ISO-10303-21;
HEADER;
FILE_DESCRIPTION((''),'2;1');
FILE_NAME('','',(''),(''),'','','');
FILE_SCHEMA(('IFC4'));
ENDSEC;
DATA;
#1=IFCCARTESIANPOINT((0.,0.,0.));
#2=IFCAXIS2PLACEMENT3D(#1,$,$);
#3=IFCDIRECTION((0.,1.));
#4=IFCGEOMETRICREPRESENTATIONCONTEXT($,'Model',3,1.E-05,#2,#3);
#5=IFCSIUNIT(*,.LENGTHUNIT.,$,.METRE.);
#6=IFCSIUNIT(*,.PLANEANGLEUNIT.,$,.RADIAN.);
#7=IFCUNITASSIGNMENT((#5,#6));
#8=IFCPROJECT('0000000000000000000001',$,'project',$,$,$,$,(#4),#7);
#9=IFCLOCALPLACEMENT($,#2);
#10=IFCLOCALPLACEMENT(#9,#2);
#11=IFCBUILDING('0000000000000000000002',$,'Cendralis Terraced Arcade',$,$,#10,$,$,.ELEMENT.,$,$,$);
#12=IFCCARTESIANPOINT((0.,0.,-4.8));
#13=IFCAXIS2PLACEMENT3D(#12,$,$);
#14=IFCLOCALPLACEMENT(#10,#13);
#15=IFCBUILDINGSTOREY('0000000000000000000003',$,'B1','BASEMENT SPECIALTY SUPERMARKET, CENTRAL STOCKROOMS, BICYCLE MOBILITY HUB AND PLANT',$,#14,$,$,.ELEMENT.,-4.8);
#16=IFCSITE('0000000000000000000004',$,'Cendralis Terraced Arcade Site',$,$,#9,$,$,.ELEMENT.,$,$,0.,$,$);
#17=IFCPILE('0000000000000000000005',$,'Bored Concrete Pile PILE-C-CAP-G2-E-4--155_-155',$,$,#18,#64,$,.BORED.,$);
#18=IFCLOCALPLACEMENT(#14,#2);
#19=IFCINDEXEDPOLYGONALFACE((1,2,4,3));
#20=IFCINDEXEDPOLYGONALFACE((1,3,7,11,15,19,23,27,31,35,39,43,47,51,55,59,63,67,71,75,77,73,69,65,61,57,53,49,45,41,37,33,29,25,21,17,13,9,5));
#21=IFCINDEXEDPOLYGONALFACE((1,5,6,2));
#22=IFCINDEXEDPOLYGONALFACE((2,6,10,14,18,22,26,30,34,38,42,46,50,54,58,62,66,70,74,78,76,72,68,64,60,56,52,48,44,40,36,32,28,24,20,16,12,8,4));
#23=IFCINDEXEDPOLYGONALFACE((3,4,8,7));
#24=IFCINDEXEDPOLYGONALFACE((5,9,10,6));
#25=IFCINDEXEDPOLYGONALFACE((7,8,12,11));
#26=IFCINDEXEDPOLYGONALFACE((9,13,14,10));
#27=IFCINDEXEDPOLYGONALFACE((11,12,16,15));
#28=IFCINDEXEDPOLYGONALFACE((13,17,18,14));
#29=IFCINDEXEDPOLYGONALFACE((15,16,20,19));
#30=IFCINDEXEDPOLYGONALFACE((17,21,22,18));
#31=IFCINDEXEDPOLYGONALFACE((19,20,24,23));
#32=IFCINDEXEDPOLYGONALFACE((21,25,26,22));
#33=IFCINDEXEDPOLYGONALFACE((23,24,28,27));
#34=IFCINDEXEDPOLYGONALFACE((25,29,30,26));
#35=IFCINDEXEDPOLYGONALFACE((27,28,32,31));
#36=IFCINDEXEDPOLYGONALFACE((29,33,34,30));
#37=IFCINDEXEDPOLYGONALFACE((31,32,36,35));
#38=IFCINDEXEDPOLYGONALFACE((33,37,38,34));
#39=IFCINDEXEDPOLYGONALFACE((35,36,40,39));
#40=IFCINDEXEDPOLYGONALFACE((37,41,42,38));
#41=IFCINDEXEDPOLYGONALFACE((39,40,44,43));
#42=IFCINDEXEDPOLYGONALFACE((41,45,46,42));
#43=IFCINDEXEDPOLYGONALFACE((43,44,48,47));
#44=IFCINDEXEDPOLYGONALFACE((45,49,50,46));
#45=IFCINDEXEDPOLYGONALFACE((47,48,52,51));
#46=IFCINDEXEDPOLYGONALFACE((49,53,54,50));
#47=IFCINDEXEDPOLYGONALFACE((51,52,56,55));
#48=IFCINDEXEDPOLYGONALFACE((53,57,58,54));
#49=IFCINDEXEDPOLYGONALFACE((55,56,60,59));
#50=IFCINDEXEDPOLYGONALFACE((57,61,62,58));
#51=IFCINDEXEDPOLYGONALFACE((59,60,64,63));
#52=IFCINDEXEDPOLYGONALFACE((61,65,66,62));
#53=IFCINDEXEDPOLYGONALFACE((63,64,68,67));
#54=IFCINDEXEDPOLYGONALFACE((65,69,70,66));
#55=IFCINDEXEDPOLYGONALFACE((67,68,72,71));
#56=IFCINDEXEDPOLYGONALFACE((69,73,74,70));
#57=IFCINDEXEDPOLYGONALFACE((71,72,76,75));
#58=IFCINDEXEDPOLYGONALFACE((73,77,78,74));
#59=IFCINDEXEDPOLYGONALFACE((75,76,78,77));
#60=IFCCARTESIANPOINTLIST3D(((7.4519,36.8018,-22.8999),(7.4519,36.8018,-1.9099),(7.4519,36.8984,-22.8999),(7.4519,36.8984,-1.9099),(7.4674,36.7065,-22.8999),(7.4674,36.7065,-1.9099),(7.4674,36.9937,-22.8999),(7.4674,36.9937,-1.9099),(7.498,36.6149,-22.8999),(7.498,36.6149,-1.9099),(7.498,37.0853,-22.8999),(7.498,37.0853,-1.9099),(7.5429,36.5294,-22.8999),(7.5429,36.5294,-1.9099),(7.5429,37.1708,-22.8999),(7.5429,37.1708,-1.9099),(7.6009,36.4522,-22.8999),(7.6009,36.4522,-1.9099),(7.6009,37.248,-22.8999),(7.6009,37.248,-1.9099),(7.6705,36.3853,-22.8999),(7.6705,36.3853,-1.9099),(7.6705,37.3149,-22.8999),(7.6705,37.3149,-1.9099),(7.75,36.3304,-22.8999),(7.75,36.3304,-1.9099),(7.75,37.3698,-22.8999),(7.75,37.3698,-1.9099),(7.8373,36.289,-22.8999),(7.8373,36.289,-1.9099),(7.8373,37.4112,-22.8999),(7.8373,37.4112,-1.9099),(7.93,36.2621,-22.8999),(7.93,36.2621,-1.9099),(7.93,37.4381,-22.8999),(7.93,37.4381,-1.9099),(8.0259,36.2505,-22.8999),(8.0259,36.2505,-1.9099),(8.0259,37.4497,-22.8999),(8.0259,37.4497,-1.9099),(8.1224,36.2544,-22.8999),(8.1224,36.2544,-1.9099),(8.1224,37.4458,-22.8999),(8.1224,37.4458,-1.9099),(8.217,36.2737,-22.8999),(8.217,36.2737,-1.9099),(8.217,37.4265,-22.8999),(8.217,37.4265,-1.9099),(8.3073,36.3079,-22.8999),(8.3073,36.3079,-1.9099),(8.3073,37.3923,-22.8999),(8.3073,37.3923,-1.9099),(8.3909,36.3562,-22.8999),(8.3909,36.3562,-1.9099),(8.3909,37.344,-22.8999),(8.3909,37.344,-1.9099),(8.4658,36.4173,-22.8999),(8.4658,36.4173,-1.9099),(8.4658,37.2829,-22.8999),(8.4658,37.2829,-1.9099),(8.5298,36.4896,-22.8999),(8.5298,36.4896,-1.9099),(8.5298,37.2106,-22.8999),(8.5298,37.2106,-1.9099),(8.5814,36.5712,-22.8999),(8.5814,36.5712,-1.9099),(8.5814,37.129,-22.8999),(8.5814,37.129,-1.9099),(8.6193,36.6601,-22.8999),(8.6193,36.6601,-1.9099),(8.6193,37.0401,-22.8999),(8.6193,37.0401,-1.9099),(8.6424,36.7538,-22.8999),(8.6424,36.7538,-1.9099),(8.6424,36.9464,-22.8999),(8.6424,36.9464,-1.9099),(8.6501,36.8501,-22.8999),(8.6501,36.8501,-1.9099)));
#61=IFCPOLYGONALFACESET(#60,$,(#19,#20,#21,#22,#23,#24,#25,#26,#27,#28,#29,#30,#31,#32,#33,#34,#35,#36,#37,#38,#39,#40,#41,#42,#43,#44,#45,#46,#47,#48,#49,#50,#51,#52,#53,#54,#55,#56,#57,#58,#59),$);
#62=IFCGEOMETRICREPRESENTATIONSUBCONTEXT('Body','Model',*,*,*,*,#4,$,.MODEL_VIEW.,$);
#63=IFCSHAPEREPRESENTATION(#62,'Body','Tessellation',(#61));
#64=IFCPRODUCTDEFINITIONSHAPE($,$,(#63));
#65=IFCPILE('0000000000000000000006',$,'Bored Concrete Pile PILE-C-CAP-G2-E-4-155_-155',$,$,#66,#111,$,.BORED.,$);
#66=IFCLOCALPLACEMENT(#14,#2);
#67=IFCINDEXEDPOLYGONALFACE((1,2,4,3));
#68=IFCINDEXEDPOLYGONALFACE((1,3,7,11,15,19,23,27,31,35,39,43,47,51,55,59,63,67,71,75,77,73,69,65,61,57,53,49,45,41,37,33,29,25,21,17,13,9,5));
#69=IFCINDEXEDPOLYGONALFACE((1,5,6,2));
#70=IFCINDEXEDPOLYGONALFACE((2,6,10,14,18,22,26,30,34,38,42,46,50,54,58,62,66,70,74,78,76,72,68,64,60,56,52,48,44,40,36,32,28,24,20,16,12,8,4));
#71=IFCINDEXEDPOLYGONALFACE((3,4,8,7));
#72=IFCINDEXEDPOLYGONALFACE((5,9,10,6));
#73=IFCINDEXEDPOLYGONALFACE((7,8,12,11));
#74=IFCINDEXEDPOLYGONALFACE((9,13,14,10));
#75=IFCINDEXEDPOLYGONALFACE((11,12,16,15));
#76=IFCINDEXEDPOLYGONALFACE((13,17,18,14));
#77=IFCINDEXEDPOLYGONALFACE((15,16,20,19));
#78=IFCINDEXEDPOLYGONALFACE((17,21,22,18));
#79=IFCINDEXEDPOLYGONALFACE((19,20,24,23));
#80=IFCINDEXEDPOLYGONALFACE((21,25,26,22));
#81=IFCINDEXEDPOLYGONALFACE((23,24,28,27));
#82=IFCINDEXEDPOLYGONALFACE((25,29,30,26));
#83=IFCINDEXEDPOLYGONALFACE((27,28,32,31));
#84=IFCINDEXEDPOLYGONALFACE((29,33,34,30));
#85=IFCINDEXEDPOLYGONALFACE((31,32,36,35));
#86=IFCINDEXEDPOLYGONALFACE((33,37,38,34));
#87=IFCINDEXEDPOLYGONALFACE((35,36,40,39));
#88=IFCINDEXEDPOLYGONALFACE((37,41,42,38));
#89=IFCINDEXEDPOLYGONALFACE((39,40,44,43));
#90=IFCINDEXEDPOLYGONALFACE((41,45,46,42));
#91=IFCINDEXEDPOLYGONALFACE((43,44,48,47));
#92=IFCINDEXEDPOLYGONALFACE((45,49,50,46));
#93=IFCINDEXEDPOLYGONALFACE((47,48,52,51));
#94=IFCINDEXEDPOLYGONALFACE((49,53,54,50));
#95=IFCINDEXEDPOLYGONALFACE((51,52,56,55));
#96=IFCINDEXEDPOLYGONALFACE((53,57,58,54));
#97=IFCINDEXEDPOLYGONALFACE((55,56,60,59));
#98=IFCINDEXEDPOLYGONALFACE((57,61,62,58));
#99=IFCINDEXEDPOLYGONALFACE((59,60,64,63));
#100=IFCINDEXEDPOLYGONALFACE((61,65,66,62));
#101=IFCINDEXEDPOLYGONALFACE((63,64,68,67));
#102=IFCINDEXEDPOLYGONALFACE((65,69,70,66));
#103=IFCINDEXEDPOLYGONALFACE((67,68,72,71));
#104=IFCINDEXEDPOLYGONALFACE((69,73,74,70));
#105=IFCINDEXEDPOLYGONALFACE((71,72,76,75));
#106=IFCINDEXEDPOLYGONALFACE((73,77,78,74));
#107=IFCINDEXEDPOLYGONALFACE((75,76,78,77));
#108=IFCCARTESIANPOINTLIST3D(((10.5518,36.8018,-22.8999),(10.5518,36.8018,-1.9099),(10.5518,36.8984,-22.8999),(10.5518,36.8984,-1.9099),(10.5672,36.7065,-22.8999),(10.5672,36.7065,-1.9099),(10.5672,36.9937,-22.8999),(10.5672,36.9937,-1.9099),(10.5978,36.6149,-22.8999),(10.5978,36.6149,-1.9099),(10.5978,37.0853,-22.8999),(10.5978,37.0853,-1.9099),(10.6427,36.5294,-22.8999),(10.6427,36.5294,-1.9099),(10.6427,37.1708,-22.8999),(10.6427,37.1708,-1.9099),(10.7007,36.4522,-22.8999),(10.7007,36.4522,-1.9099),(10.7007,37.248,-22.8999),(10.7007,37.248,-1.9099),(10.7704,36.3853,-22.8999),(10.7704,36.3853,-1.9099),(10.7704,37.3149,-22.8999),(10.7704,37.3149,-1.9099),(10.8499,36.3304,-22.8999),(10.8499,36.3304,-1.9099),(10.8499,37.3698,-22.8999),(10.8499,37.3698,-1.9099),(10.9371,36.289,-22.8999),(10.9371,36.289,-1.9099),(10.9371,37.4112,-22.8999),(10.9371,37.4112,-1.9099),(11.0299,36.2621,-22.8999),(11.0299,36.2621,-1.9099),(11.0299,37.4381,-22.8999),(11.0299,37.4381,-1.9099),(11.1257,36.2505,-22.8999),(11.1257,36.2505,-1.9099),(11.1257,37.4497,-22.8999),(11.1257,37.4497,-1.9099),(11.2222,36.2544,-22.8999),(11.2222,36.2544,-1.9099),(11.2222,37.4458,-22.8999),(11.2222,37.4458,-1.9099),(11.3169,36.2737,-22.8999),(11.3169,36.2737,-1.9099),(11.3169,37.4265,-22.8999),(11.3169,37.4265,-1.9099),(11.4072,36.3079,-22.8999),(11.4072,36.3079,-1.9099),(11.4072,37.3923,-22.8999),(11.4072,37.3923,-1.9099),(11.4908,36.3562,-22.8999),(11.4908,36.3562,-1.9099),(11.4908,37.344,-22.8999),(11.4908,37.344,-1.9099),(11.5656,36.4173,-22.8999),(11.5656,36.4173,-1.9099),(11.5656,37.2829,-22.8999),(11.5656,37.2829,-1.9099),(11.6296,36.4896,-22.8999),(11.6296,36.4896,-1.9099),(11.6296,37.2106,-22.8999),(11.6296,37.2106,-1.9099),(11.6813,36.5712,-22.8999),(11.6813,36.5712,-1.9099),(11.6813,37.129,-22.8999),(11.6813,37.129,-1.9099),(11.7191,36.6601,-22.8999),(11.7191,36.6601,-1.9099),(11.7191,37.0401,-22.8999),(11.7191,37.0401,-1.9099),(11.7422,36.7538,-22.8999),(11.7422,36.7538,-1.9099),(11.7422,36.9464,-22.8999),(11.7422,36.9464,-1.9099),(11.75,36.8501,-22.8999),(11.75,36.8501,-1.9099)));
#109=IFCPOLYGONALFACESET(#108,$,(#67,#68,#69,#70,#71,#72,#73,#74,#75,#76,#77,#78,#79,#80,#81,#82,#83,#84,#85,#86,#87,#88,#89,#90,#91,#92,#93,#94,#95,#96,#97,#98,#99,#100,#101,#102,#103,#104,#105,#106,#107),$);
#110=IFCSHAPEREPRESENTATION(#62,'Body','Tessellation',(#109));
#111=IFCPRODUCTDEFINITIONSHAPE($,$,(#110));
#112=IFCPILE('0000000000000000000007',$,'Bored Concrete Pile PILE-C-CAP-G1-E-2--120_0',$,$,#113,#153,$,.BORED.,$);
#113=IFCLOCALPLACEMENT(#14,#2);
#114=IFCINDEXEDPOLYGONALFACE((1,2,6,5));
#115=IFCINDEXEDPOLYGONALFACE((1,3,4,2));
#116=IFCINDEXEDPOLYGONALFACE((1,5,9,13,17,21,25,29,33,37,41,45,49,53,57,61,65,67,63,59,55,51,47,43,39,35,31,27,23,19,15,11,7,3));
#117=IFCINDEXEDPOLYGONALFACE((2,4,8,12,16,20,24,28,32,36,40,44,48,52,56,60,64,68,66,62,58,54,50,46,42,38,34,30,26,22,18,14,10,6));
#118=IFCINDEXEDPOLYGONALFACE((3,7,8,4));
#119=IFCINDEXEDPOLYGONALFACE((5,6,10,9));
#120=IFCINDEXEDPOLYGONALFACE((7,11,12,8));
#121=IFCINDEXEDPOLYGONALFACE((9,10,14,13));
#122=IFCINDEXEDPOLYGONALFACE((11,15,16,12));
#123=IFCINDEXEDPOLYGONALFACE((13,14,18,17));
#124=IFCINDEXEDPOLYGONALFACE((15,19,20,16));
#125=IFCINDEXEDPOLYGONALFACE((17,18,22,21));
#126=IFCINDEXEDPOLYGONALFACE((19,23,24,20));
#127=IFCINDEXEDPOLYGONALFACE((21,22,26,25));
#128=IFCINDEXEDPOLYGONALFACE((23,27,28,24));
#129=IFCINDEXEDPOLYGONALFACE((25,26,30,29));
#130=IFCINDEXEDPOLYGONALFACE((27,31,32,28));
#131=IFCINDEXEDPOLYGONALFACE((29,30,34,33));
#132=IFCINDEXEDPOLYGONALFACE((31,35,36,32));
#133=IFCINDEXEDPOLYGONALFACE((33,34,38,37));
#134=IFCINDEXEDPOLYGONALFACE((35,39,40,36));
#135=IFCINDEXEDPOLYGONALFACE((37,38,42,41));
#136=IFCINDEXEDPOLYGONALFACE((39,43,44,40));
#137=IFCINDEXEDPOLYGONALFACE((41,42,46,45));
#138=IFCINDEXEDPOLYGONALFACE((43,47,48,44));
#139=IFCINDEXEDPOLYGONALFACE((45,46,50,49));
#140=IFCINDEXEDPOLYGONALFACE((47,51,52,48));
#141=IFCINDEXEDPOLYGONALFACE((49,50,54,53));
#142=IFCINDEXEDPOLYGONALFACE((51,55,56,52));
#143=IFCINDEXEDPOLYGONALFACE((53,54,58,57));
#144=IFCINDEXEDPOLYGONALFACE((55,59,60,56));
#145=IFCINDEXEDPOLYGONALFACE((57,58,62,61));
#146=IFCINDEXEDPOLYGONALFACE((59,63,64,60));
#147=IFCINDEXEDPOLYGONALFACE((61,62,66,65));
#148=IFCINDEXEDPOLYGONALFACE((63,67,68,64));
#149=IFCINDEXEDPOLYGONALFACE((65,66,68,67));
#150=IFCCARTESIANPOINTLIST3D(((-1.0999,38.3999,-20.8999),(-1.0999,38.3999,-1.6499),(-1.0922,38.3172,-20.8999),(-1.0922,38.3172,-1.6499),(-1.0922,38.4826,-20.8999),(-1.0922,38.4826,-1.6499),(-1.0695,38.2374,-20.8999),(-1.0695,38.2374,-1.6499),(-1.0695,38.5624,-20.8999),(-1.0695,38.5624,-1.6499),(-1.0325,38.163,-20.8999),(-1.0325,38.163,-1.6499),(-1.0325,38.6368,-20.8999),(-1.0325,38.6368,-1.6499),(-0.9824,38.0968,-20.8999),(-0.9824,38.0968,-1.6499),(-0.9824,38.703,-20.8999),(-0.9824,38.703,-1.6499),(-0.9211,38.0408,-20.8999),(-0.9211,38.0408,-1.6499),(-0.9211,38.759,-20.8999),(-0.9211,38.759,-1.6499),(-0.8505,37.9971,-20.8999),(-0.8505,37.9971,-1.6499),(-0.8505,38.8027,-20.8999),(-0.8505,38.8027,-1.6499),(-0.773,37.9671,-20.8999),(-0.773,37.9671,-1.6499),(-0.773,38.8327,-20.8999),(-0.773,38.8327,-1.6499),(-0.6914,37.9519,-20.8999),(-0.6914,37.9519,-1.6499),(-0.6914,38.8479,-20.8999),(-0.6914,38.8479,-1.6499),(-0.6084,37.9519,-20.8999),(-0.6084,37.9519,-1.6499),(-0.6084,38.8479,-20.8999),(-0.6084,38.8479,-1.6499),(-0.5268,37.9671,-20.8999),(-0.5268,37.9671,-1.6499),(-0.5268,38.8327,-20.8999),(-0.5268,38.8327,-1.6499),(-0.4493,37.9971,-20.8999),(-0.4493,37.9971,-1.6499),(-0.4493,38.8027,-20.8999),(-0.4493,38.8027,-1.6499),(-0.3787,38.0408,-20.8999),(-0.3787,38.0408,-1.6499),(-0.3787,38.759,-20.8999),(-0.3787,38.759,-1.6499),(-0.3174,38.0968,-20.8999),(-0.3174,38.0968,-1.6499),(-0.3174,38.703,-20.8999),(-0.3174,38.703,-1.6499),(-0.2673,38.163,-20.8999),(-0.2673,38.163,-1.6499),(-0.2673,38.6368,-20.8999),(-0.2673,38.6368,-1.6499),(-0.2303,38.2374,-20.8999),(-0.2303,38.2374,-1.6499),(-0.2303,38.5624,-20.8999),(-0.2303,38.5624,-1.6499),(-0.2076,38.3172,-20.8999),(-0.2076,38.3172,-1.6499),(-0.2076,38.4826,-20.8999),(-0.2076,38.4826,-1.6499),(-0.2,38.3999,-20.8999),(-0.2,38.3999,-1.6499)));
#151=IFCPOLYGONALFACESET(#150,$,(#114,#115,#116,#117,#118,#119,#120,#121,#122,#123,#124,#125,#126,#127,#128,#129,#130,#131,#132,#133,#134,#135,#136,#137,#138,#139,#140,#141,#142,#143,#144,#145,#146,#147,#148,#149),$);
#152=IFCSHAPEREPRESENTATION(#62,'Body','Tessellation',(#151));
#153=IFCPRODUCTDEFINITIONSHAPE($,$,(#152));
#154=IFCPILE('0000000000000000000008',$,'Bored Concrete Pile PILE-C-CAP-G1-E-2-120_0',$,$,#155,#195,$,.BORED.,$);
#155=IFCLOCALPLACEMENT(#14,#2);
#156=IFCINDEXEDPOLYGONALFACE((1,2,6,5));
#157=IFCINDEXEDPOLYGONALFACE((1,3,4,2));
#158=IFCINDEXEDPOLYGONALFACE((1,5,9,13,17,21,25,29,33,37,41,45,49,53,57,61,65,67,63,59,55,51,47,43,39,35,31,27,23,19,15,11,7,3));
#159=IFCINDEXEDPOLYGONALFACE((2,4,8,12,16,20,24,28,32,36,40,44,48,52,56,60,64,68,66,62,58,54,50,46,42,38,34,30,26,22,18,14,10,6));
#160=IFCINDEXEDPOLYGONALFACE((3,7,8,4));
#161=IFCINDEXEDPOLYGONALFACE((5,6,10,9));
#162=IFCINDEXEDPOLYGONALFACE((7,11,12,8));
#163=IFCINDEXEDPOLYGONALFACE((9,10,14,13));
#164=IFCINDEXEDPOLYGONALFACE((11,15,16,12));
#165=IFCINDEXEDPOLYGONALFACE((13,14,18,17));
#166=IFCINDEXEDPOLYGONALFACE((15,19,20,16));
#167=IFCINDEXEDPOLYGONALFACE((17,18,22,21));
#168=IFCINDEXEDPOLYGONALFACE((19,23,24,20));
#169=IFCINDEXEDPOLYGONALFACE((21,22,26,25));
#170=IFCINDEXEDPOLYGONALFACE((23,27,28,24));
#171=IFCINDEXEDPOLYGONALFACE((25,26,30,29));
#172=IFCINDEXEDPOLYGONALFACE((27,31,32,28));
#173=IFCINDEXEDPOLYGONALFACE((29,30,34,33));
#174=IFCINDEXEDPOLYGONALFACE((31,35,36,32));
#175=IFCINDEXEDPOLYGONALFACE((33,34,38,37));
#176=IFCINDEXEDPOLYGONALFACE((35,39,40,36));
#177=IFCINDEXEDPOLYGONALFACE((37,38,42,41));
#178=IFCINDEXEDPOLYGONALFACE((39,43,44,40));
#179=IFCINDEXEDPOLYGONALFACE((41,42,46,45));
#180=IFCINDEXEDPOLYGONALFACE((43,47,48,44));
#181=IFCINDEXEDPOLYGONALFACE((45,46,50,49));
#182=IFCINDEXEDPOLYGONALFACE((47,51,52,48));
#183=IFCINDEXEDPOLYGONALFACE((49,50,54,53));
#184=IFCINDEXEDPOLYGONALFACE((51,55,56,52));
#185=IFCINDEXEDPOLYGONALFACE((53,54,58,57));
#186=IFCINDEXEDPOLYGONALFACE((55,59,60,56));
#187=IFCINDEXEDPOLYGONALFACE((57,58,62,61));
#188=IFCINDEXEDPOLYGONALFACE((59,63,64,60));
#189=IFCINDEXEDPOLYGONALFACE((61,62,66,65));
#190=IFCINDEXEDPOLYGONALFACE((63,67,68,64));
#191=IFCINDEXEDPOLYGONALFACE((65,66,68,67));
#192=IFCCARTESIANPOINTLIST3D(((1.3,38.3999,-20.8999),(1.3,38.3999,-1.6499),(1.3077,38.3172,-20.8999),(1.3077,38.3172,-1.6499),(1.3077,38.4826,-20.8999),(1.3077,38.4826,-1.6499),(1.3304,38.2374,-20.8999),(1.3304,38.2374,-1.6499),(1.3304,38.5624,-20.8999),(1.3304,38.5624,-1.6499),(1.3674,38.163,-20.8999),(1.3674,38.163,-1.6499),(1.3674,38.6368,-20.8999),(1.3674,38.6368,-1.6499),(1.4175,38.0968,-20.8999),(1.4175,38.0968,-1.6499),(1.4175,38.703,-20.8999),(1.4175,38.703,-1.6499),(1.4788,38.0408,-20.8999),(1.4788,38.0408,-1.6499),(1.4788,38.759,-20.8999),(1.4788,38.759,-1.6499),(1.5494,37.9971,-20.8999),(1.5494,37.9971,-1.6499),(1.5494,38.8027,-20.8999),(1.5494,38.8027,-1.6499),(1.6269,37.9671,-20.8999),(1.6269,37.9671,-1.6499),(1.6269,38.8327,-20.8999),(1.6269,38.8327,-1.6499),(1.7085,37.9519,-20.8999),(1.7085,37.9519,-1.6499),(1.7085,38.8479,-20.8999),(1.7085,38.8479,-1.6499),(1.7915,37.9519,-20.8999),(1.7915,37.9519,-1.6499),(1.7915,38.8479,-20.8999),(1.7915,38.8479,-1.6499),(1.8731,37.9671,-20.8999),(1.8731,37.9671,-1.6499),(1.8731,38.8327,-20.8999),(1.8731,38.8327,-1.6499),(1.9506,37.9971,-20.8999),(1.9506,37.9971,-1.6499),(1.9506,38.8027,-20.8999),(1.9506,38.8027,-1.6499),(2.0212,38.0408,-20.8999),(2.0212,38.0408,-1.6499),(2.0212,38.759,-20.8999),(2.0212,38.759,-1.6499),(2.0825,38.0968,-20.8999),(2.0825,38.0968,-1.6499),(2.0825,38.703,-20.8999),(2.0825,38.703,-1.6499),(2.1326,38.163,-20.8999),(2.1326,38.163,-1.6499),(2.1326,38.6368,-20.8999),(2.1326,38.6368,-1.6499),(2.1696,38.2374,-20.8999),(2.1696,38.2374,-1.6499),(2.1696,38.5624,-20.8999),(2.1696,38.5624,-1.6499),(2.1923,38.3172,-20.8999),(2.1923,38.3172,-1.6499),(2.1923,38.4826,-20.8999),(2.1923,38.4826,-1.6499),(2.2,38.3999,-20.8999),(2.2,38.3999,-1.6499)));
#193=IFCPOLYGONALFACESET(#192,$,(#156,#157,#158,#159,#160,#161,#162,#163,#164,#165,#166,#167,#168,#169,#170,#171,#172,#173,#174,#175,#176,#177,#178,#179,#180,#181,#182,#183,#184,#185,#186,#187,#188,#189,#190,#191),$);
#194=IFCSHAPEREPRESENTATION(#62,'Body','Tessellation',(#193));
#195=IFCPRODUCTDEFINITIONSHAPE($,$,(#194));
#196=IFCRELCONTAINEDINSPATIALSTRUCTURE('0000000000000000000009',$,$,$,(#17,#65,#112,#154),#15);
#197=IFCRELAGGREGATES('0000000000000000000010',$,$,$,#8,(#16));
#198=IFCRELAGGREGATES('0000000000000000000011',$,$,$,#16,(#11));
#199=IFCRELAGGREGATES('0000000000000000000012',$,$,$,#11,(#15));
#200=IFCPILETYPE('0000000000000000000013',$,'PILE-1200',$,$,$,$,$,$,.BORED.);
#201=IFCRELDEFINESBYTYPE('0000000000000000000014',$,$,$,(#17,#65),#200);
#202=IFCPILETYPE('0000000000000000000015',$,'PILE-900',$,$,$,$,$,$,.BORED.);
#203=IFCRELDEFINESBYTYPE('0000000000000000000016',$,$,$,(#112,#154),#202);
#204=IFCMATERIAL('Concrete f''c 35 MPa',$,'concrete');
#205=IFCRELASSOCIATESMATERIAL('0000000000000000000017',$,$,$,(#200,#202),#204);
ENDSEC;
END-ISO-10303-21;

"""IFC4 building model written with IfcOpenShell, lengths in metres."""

from ifc_helpers import new_model, si_unit, direction, frame, origin, origin_2d, place, context, subcontext, project, spatial, circle, extrude, material, material_profile, profile_set, type_object, element, save


model = new_model("IFC4")

# Units and contexts
model_context = context("Model", 3, precision=1e-05, world=origin(), true_north=direction((0.0, 1.0)))
body_context = subcontext(model_context, "Body", "Model", "MODEL_VIEW")
ifc_project = project(units=[si_unit("LENGTHUNIT", "METRE"), si_unit("PLANEANGLEUNIT", "RADIAN")], contexts=[model_context])

# Site, building, storey
site_placement = place(None, origin())
site = spatial("IfcSite", under=ifc_project, at=site_placement, Name="Cendralis Terraced Arcade Site", CompositionType="ELEMENT", RefElevation=0.0)
building_placement = place(site_placement, origin())
building = spatial("IfcBuilding", under=site, at=building_placement, Name="Cendralis Terraced Arcade", CompositionType="ELEMENT")
storey_placement = place(building_placement, frame((0.0, 0.0, -4.8)))
storey = spatial("IfcBuildingStorey", under=building, at=storey_placement, Name="B1", Description="BASEMENT SPECIALTY SUPERMARKET, CENTRAL STOCKROOMS, BICYCLE MOBILITY HUB AND PLANT", CompositionType="ELEMENT", Elevation=-4.8)

# Shared definitions
ifc_material_1 = material(Name="Concrete f'c 35 MPa", Category="concrete")

# Piles
ifc_material_profile_1 = material_profile(ifc_material_1, circle(Radius=0.6001, at=origin_2d()), Name="PILE-D1200", Category="LoadBearing")
ifc_profile_set_1 = profile_set([ifc_material_profile_1], Name="Concrete f'c 35 MPa")
pile_type_1 = type_object("IfcPileType", Name="PILE-1200", PredefinedType="BORED", material=ifc_profile_set_1)
for number, where, z_axis, x_axis, name in (
    (1, (8.05, 36.8501, -1.9099), (0.0, 0.0, -1.0), (1.0, 0.0, 0.0), "Bored Concrete Pile PILE-C-CAP-G2-E-4--155_-155"),
    (2, (11.1499, 36.8501, -1.9099), (0.0, 0.0, -1.0), (1.0, 0.0, 0.0), "Bored Concrete Pile PILE-C-CAP-G2-E-4-155_-155"),
):
    element("IfcPile", number, at=place(storey_placement, frame(where, z_axis=z_axis, x_axis=x_axis)), inside=storey, type_object=pile_type_1, Name=name, PredefinedType="BORED", context=body_context, shape_type="SweptSolid", body=[
        extrude(circle(Radius=0.6001, at=origin_2d()), origin(), (0.0, 0.0, 1.0), 20.99),
    ])
ifc_material_profile_2 = material_profile(ifc_material_1, circle(Radius=0.45, at=origin_2d()), Name="PILE-D900", Category="LoadBearing")
ifc_profile_set_2 = profile_set([ifc_material_profile_2], Name="Concrete f'c 35 MPa")
pile_type_2 = type_object("IfcPileType", Name="PILE-900", PredefinedType="BORED", material=ifc_profile_set_2)
for number, where, z_axis, x_axis, name in (
    (3, (-0.6499, 38.3999, -1.6499), (0.0, 0.0, -1.0), (1.0, 0.0, 0.0), "Bored Concrete Pile PILE-C-CAP-G1-E-2--120_0"),
    (4, (1.75, 38.3999, -1.6499), (0.0, 0.0, -1.0), (1.0, 0.0, 0.0), "Bored Concrete Pile PILE-C-CAP-G1-E-2-120_0"),
):
    element("IfcPile", number, at=place(storey_placement, frame(where, z_axis=z_axis, x_axis=x_axis)), inside=storey, type_object=pile_type_2, Name=name, PredefinedType="BORED", context=body_context, shape_type="SweptSolid", body=[
        extrude(circle(Radius=0.45, at=origin_2d()), origin(), (0.0, 0.0, 1.0), 19.25),
    ])

save(model, "model.ifc")
